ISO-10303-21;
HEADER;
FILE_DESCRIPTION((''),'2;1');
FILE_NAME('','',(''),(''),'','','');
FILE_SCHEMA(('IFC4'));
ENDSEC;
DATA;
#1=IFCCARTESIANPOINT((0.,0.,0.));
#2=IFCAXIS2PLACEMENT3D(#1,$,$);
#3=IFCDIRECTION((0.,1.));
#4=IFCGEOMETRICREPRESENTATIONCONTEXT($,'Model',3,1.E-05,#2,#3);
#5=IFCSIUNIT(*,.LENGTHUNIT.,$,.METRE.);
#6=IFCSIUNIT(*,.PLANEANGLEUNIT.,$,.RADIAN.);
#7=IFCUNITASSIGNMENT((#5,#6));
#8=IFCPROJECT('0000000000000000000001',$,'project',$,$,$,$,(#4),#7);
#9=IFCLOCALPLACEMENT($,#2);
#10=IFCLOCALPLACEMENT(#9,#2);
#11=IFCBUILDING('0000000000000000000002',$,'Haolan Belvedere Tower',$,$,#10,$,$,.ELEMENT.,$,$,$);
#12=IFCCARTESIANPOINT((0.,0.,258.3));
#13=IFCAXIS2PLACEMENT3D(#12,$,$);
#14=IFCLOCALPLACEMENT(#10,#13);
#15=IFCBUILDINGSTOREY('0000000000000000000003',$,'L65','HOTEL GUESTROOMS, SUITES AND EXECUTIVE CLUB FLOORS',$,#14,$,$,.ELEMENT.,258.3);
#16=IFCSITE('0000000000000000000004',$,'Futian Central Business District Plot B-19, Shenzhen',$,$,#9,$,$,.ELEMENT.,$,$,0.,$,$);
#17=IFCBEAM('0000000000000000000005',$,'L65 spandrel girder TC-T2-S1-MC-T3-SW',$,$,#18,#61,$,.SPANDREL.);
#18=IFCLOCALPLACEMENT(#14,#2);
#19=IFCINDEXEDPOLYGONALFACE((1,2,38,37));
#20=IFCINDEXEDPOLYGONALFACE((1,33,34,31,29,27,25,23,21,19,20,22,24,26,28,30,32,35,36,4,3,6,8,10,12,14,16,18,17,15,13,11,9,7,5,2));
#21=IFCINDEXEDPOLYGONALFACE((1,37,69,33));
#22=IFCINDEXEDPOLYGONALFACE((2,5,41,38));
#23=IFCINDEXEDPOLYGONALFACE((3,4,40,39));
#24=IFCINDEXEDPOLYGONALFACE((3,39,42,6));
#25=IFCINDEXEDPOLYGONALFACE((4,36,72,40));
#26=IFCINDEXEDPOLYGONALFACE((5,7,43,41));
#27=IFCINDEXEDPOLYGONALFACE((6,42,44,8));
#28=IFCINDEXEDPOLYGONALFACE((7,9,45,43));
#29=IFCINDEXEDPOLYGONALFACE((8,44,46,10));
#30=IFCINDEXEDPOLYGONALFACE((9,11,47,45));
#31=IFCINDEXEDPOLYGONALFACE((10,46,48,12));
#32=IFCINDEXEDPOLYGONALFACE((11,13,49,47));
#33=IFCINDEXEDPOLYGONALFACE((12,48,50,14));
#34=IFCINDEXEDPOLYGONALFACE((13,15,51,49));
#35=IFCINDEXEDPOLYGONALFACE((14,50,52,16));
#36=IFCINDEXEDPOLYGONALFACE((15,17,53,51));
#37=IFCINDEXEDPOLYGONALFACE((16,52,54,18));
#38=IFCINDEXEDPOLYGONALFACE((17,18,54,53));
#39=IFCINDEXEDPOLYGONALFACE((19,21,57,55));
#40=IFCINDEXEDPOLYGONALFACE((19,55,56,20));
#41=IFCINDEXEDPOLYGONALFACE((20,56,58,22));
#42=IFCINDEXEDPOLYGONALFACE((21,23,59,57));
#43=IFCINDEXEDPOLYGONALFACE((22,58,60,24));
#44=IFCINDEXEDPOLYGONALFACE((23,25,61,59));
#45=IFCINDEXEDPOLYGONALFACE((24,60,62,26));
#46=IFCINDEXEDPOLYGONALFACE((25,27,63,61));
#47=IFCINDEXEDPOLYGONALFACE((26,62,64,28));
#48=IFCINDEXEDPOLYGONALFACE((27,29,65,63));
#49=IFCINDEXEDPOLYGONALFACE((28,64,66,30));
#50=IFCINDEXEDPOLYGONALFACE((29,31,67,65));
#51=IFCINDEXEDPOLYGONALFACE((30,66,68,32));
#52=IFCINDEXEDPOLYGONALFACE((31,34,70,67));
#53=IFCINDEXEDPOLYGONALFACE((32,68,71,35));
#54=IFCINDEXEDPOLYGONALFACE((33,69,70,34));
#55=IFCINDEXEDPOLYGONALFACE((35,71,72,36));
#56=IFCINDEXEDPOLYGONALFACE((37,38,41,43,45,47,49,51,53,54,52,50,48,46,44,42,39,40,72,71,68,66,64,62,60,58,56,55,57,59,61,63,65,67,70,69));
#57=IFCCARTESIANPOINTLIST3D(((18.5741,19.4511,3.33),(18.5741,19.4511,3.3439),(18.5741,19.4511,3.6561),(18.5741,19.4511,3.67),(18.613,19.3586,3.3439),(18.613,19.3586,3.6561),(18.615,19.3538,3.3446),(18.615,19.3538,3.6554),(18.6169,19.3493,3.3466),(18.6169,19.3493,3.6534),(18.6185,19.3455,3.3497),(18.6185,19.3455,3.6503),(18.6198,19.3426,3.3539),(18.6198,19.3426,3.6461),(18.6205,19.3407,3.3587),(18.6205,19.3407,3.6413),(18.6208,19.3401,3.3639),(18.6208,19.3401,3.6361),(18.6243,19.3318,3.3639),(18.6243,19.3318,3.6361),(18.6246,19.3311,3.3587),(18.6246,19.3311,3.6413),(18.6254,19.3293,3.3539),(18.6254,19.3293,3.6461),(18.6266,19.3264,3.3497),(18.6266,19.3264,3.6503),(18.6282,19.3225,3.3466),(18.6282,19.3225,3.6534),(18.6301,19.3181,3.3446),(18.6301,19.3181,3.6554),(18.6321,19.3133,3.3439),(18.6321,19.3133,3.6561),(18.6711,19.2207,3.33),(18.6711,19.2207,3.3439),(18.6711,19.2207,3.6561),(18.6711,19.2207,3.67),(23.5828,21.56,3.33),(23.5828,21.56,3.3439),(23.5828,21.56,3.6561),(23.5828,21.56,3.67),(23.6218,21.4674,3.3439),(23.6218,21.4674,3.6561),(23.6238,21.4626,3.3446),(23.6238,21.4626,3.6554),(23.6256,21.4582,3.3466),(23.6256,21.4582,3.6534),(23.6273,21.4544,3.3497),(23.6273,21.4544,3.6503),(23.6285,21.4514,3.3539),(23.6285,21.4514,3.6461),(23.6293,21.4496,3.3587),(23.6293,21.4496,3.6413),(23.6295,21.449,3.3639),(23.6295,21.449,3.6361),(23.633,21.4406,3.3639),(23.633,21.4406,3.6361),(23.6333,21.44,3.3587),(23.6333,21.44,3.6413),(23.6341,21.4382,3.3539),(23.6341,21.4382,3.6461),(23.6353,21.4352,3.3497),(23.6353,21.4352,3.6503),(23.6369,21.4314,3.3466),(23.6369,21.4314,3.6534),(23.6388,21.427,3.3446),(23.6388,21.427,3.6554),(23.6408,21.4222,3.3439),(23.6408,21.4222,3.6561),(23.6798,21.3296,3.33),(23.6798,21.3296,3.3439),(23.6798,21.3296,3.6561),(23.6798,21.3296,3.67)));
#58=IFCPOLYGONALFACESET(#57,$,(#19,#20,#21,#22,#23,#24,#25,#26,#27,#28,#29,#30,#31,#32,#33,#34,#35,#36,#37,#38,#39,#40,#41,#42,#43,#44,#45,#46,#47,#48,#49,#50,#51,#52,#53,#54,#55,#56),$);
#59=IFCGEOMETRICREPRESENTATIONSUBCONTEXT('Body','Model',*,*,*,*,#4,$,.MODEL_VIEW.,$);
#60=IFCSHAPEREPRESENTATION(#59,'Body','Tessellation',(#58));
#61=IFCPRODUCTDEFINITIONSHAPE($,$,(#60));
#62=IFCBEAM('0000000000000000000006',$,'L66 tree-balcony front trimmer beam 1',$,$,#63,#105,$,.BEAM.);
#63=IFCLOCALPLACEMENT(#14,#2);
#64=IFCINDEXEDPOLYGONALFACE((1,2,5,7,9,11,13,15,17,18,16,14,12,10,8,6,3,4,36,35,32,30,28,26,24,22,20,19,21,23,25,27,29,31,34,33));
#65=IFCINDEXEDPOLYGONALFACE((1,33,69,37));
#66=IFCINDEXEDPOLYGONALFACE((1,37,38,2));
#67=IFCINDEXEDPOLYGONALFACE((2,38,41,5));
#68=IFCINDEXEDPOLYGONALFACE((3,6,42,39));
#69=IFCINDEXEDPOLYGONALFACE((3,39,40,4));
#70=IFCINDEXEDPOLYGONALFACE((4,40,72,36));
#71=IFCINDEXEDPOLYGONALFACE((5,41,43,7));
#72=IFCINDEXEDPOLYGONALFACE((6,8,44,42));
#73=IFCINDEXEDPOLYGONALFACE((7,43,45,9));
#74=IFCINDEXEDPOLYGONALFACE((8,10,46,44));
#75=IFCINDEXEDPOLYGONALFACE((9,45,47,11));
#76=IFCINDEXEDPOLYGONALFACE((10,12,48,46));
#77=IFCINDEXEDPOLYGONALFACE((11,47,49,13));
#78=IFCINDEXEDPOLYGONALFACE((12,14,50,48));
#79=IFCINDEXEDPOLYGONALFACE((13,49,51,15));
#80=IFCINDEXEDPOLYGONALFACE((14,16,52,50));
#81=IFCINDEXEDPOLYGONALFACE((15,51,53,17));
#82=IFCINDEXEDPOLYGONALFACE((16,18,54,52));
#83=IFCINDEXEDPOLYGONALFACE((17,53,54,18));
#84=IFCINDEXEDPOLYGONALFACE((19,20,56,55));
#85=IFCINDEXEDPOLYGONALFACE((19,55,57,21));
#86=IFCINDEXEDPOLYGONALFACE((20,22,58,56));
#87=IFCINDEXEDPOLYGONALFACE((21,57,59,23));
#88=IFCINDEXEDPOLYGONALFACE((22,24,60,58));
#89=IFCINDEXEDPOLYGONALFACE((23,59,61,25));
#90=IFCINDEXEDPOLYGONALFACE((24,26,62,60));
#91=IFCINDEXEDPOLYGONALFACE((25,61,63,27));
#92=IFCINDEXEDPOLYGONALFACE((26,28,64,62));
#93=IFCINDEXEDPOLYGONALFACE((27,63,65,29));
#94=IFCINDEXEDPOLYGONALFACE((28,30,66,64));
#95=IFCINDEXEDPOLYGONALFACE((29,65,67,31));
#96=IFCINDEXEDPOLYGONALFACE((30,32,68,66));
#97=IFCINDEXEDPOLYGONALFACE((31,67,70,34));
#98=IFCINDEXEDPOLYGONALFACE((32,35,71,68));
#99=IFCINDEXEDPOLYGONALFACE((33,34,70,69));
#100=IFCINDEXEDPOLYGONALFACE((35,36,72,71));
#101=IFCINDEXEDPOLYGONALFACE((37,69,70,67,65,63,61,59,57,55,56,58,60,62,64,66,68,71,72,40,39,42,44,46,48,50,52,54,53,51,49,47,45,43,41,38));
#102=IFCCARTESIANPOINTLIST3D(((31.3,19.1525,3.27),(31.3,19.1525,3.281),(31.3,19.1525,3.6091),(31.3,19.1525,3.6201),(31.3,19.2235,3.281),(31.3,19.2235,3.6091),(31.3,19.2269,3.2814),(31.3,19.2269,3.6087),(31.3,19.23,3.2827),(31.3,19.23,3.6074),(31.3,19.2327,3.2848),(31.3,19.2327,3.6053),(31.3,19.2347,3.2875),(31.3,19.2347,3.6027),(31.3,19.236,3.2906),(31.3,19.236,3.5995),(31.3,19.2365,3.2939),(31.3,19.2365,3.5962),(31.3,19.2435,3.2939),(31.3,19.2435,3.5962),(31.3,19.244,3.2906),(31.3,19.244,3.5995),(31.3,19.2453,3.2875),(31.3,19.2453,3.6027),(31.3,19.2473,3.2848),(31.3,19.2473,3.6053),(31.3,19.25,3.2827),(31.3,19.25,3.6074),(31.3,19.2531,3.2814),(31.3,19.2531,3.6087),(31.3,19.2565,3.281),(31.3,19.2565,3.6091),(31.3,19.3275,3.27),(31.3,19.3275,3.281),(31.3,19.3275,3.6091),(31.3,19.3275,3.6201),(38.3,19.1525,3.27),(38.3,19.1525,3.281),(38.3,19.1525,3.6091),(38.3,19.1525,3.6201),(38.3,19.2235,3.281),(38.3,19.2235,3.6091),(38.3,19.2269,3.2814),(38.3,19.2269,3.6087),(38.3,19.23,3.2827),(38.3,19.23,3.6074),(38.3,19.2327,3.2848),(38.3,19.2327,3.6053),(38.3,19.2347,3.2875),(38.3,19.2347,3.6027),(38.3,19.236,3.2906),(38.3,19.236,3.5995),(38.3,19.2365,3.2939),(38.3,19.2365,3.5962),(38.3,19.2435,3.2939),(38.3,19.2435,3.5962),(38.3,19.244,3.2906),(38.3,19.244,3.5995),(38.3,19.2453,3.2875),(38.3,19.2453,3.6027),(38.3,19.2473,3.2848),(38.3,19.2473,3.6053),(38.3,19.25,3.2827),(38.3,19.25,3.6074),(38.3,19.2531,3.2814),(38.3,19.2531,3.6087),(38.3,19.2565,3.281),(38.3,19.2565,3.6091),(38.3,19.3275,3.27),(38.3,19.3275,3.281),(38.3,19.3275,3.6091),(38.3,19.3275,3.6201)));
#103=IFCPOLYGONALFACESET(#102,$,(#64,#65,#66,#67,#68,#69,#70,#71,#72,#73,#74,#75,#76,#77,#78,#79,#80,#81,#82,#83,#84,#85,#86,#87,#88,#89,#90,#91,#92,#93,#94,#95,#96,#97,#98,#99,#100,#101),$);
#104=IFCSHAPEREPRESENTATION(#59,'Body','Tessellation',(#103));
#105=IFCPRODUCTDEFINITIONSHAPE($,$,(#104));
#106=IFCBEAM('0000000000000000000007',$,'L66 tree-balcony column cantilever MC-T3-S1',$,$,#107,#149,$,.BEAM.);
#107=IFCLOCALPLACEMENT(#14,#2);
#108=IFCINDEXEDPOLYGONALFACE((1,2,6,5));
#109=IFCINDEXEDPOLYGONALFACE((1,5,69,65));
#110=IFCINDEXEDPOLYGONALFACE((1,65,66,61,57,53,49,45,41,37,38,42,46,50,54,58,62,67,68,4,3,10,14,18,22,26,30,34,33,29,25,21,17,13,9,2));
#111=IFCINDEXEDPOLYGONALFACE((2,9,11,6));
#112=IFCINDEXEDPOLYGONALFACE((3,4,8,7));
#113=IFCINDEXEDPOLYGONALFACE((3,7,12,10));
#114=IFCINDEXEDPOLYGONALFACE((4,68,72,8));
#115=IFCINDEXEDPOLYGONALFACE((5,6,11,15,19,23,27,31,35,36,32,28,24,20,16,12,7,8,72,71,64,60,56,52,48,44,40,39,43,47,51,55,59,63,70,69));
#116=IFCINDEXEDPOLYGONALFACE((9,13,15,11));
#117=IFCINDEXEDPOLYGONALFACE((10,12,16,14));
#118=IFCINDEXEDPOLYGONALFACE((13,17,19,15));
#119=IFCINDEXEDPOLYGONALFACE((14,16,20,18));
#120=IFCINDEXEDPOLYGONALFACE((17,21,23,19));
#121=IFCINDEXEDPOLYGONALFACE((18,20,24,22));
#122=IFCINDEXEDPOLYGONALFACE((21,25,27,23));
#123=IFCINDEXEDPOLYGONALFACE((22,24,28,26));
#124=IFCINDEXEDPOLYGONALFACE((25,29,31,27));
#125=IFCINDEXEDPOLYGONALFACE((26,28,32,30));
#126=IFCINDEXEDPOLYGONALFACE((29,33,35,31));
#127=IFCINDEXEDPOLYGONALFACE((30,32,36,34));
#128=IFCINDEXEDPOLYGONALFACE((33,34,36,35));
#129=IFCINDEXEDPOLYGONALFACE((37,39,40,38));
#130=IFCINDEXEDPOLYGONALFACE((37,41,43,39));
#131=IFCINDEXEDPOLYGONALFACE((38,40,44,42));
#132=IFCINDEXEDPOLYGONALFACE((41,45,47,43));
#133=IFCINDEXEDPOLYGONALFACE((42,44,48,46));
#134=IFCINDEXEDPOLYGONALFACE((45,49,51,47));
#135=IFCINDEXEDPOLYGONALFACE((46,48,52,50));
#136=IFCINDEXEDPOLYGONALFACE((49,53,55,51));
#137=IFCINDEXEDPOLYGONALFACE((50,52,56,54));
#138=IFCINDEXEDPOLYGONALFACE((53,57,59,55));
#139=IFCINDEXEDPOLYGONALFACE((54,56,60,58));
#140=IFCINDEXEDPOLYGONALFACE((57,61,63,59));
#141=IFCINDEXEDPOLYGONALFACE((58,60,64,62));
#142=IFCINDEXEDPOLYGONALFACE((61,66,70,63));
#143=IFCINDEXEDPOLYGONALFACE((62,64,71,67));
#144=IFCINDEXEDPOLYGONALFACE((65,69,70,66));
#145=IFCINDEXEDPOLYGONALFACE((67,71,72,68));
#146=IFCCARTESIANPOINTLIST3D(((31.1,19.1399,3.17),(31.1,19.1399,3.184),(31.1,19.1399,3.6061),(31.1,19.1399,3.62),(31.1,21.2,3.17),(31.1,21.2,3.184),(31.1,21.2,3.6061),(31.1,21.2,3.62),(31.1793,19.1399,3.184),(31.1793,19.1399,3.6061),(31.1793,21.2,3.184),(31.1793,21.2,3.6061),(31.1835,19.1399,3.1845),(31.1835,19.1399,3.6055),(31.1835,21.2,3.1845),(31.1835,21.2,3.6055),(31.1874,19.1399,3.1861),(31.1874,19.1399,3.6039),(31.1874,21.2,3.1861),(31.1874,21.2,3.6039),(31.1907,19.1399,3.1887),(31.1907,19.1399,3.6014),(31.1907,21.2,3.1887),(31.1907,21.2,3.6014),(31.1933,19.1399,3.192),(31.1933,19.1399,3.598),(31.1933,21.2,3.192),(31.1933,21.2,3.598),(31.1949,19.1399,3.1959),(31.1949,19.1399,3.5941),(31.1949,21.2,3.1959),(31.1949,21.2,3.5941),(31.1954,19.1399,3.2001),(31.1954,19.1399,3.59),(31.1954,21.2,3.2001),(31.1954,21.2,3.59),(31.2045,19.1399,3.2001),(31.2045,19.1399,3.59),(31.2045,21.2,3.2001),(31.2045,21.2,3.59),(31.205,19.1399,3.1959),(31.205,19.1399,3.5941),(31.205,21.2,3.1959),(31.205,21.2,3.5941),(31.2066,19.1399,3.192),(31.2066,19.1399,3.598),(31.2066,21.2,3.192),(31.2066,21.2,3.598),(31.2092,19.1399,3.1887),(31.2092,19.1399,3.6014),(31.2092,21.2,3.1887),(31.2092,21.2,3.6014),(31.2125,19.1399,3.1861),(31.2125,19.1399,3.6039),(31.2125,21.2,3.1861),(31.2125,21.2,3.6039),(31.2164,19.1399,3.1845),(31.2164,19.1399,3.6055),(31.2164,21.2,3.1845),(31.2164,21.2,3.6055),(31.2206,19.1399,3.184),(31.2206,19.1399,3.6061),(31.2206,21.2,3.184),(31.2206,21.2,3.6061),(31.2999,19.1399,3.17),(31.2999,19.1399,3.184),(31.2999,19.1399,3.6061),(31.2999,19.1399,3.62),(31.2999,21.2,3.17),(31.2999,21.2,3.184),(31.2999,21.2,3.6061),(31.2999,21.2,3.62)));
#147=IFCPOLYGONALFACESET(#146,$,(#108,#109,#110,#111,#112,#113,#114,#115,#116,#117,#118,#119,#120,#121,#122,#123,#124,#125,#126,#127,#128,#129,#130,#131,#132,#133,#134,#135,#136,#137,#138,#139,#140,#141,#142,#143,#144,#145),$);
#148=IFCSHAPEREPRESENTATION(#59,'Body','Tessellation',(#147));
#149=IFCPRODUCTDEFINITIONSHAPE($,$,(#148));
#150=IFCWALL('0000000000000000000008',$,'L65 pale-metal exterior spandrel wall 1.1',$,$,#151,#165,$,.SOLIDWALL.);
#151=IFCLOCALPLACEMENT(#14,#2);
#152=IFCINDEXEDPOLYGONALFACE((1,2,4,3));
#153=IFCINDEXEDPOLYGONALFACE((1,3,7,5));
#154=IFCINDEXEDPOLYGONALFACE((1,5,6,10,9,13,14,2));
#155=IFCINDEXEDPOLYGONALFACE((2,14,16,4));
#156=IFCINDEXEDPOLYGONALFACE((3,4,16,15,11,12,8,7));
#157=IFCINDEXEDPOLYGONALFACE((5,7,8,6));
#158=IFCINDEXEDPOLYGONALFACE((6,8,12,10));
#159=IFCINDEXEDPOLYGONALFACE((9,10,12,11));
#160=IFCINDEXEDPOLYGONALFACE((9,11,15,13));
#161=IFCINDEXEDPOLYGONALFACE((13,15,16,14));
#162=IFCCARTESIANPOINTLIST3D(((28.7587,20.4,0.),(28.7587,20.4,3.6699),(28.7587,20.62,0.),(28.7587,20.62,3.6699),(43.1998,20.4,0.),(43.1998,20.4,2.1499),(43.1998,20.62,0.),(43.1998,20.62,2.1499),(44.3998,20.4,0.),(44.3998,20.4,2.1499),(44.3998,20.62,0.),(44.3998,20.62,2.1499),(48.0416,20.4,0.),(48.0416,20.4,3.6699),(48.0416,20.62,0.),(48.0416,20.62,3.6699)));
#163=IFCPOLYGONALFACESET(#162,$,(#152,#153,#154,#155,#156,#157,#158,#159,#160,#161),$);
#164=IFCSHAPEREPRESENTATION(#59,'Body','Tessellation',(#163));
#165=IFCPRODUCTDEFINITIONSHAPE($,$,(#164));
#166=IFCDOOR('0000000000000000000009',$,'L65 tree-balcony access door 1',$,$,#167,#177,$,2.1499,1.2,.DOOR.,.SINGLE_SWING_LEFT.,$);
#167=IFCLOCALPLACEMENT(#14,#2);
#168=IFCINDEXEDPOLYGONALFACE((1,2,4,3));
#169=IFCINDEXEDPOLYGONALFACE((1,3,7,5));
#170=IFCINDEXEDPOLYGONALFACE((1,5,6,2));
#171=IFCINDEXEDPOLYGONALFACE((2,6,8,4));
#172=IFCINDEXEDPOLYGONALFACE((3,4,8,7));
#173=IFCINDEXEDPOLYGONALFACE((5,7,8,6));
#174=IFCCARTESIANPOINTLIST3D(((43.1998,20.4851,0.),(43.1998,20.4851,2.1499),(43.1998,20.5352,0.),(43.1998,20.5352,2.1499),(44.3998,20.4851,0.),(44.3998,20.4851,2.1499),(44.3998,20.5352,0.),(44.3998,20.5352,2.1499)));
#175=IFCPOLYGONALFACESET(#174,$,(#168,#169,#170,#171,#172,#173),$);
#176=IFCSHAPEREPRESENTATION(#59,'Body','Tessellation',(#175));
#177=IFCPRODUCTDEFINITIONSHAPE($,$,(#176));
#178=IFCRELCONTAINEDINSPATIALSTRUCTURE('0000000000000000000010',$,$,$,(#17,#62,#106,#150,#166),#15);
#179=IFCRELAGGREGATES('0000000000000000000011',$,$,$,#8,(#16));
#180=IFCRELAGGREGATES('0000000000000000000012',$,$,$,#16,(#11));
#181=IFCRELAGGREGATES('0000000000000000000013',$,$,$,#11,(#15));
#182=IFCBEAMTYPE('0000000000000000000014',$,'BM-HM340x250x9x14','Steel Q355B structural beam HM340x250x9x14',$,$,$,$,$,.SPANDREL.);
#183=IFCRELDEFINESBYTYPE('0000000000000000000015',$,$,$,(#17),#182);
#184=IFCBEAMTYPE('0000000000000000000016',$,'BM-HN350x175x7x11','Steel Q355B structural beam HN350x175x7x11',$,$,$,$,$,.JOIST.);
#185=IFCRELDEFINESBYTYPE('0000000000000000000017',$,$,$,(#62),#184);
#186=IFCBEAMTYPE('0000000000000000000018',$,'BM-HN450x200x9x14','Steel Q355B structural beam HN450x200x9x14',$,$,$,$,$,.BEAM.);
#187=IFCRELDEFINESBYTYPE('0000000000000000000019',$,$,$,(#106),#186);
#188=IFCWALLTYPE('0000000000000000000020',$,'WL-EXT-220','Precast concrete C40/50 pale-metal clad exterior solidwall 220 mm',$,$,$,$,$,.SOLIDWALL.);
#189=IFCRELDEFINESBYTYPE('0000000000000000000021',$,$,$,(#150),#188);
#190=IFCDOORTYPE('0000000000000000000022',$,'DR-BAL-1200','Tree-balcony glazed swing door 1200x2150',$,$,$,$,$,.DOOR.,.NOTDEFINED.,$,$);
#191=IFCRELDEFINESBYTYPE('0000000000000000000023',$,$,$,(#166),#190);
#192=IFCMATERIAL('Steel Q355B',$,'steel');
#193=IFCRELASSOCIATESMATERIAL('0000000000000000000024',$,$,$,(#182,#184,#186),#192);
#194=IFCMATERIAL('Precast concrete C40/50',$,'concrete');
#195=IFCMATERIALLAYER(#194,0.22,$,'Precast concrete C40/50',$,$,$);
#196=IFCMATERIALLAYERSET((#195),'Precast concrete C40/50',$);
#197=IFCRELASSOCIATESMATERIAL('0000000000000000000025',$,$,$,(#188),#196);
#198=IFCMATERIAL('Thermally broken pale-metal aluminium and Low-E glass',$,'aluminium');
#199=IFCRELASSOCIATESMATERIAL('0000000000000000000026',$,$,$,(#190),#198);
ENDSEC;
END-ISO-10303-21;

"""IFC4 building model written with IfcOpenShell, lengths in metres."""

from ifc_helpers import new_model, si_unit, direction, frame, frame_2d, origin, origin_2d, place, context, subcontext, project, spatial, rectangle, i_section, extrude, material, layer, layer_set, material_profile, profile_set, type_object, element, fill, save


model = new_model("IFC4")

# Units and contexts
model_context = context("Model", 3, precision=1e-05, world=origin(), true_north=direction((0.0, 1.0)))
body_context = subcontext(model_context, "Body", "Model", "MODEL_VIEW")
ifc_project = project(units=[si_unit("LENGTHUNIT", "METRE"), si_unit("PLANEANGLEUNIT", "RADIAN")], contexts=[model_context])

# Site, building, storey
site_placement = place(None, origin())
site = spatial("IfcSite", under=ifc_project, at=site_placement, Name="Futian Central Business District Plot B-19, Shenzhen", CompositionType="ELEMENT", RefElevation=0.0)
building_placement = place(site_placement, origin())
building = spatial("IfcBuilding", under=site, at=building_placement, Name="Haolan Belvedere Tower", CompositionType="ELEMENT")
storey_placement = place(building_placement, frame((0.0, 0.0, 258.3)))
storey = spatial("IfcBuildingStorey", under=building, at=storey_placement, Name="L65", Description="HOTEL GUESTROOMS, SUITES AND EXECUTIVE CLUB FLOORS", CompositionType="ELEMENT", Elevation=258.3)

# Beams
ifc_material_1 = material(Name="Steel Q355B", Category="steel")
ifc_material_profile_1 = material_profile(ifc_material_1, i_section(OverallWidth=0.25, OverallDepth=0.3401, WebThickness=0.009, FlangeThickness=0.0139, FilletRadius=0.02, at=origin_2d()), Name="Steel Q355B")
ifc_profile_set_1 = profile_set([ifc_material_profile_1], Name="Steel Q355B")
beam_type_1 = type_object("IfcBeamType", Name="BM-HM340x250x9x14", Description="Steel Q355B structural beam HM340x250x9x14", PredefinedType="SPANDREL", material=ifc_profile_set_1)
beam_1_placement = place(storey_placement, frame((18.6226, 19.3359, 3.5), z_axis=(0.92164, 0.388045, 0.0), x_axis=(-0.388045, 0.92164, 0.0)))
element("IfcBeam", 1, at=beam_1_placement, inside=storey, type_object=beam_type_1, Name="L65 spandrel girder TC-T2-S1-MC-T3-SW", PredefinedType="SPANDREL", context=body_context, shape_type="SweptSolid", body=[
    extrude(i_section(OverallWidth=0.25, OverallDepth=0.3401, WebThickness=0.009, FlangeThickness=0.0139, FilletRadius=0.02, at=origin_2d()), origin(), (0.0, 0.0, 1.0), 5.4346),
])
ifc_material_profile_2 = material_profile(ifc_material_1, i_section(OverallWidth=0.175, OverallDepth=0.3501, WebThickness=0.0071, FlangeThickness=0.011, FilletRadius=0.0129, at=origin_2d()), Name="Steel Q355B")
ifc_profile_set_2 = profile_set([ifc_material_profile_2], Name="Steel Q355B")
beam_type_2 = type_object("IfcBeamType", Name="BM-HN350x175x7x11", Description="Steel Q355B structural beam HN350x175x7x11", PredefinedType="JOIST", material=ifc_profile_set_2)
beam_2_placement = place(storey_placement, frame((31.3, 19.24, 3.4451), z_axis=(1.0, 0.0, 0.0), x_axis=(0.0, 1.0, 0.0)))
element("IfcBeam", 2, at=beam_2_placement, inside=storey, type_object=beam_type_2, Name="L66 tree-balcony front trimmer beam 1", PredefinedType="BEAM", context=body_context, shape_type="SweptSolid", body=[
    extrude(i_section(OverallWidth=0.175, OverallDepth=0.3501, WebThickness=0.0071, FlangeThickness=0.011, FilletRadius=0.0129, at=origin_2d()), origin(), (0.0, 0.0, 1.0), 7.0),
])
ifc_material_profile_3 = material_profile(ifc_material_1, i_section(OverallWidth=0.2, OverallDepth=0.45, WebThickness=0.009, FlangeThickness=0.0139, FilletRadius=0.0161, at=origin_2d()), Name="Steel Q355B")
ifc_profile_set_3 = profile_set([ifc_material_profile_3], Name="Steel Q355B")
beam_type_3 = type_object("IfcBeamType", Name="BM-HN450x200x9x14", Description="Steel Q355B structural beam HN450x200x9x14", PredefinedType="BEAM", material=ifc_profile_set_3)
beam_3_placement = place(storey_placement, frame((31.2, 21.2, 3.395), z_axis=(0.0, -1.0, 0.0), x_axis=(1.0, 0.0, 0.0)))
element("IfcBeam", 3, at=beam_3_placement, inside=storey, type_object=beam_type_3, Name="L66 tree-balcony column cantilever MC-T3-S1", PredefinedType="BEAM", context=body_context, shape_type="SweptSolid", body=[
    extrude(i_section(OverallWidth=0.2, OverallDepth=0.45, WebThickness=0.009, FlangeThickness=0.0139, FilletRadius=0.0161, at=origin_2d()), origin(), (0.0, 0.0, 1.0), 2.0601),
])

# Wall, opening, door
ifc_material_2 = material(Name="Precast concrete C40/50", Category="concrete")
ifc_layer_1 = layer(ifc_material_2, 0.22, Name="Precast concrete C40/50")
ifc_layer_set_1 = layer_set([ifc_layer_1], Name="Precast concrete C40/50")
wall_type_1 = type_object("IfcWallType", Name="WL-EXT-220", Description="Precast concrete C40/50 pale-metal clad exterior solidwall 220 mm", PredefinedType="SOLIDWALL", material=ifc_layer_set_1)
wall_1_placement = place(storey_placement, frame((28.7585, 20.51, 0.0), z_axis=(0.0, 0.0, 1.0), x_axis=(1.0, 0.0, 0.0)))
wall_1 = element("IfcWall", 4, at=wall_1_placement, inside=storey, type_object=wall_type_1, Name="L65 pale-metal exterior spandrel wall 1.1", PredefinedType="SOLIDWALL", context=body_context, shape_type="SweptSolid", body=[
    extrude(rectangle(XDim=19.283, YDim=0.22, at=frame_2d((9.6416, 0.0))), origin(), (0.0, 0.0, 1.0), 3.6699),
])
opening_1_placement = place(wall_1_placement, frame((15.6414, 0.0, 0.0), z_axis=(0.0, 0.0, 1.0), x_axis=(-1.0, 0.0, 0.0)))
opening_1 = element("IfcOpeningElement", 5, at=opening_1_placement, cuts=wall_1, PredefinedType="OPENING", context=body_context, shape_type="SweptSolid", body=[
    extrude(rectangle(XDim=1.2, YDim=2.1499, at=frame_2d((0.6001, 1.075))), frame((0.0, 0.1199, 0.0), z_axis=(0.0, -1.0, 0.0), x_axis=(1.0, 0.0, 0.0)), (0.0, 0.0, 1.0), 0.24),
])
ifc_material_3 = material(Name="Thermally broken pale-metal aluminium and Low-E glass", Category="aluminium")
door_type = type_object("IfcDoorType", Name="DR-BAL-1200", Description="Tree-balcony glazed swing door 1200x2150", OperationType="NOTDEFINED", PredefinedType="DOOR", material=ifc_material_3)
door_placement = place(opening_1_placement, origin())
door = element("IfcDoor", 6, at=door_placement, inside=storey, type_object=door_type, Name="L65 tree-balcony access door 1", OperationType="SINGLE_SWING_LEFT", OverallHeight=2.1499, OverallWidth=1.2, PredefinedType="DOOR", context=body_context, shape_type="SweptSolid", body=[
    extrude(rectangle(XDim=1.2, YDim=2.1499, at=frame_2d((0.6001, 1.075))), frame((0.0, 0.0249, 0.0), z_axis=(0.0, -1.0, 0.0), x_axis=(1.0, 0.0, 0.0)), (0.0, 0.0, 1.0), 0.05),
])
fill(opening_1, door)

save(model, "model.ifc")
